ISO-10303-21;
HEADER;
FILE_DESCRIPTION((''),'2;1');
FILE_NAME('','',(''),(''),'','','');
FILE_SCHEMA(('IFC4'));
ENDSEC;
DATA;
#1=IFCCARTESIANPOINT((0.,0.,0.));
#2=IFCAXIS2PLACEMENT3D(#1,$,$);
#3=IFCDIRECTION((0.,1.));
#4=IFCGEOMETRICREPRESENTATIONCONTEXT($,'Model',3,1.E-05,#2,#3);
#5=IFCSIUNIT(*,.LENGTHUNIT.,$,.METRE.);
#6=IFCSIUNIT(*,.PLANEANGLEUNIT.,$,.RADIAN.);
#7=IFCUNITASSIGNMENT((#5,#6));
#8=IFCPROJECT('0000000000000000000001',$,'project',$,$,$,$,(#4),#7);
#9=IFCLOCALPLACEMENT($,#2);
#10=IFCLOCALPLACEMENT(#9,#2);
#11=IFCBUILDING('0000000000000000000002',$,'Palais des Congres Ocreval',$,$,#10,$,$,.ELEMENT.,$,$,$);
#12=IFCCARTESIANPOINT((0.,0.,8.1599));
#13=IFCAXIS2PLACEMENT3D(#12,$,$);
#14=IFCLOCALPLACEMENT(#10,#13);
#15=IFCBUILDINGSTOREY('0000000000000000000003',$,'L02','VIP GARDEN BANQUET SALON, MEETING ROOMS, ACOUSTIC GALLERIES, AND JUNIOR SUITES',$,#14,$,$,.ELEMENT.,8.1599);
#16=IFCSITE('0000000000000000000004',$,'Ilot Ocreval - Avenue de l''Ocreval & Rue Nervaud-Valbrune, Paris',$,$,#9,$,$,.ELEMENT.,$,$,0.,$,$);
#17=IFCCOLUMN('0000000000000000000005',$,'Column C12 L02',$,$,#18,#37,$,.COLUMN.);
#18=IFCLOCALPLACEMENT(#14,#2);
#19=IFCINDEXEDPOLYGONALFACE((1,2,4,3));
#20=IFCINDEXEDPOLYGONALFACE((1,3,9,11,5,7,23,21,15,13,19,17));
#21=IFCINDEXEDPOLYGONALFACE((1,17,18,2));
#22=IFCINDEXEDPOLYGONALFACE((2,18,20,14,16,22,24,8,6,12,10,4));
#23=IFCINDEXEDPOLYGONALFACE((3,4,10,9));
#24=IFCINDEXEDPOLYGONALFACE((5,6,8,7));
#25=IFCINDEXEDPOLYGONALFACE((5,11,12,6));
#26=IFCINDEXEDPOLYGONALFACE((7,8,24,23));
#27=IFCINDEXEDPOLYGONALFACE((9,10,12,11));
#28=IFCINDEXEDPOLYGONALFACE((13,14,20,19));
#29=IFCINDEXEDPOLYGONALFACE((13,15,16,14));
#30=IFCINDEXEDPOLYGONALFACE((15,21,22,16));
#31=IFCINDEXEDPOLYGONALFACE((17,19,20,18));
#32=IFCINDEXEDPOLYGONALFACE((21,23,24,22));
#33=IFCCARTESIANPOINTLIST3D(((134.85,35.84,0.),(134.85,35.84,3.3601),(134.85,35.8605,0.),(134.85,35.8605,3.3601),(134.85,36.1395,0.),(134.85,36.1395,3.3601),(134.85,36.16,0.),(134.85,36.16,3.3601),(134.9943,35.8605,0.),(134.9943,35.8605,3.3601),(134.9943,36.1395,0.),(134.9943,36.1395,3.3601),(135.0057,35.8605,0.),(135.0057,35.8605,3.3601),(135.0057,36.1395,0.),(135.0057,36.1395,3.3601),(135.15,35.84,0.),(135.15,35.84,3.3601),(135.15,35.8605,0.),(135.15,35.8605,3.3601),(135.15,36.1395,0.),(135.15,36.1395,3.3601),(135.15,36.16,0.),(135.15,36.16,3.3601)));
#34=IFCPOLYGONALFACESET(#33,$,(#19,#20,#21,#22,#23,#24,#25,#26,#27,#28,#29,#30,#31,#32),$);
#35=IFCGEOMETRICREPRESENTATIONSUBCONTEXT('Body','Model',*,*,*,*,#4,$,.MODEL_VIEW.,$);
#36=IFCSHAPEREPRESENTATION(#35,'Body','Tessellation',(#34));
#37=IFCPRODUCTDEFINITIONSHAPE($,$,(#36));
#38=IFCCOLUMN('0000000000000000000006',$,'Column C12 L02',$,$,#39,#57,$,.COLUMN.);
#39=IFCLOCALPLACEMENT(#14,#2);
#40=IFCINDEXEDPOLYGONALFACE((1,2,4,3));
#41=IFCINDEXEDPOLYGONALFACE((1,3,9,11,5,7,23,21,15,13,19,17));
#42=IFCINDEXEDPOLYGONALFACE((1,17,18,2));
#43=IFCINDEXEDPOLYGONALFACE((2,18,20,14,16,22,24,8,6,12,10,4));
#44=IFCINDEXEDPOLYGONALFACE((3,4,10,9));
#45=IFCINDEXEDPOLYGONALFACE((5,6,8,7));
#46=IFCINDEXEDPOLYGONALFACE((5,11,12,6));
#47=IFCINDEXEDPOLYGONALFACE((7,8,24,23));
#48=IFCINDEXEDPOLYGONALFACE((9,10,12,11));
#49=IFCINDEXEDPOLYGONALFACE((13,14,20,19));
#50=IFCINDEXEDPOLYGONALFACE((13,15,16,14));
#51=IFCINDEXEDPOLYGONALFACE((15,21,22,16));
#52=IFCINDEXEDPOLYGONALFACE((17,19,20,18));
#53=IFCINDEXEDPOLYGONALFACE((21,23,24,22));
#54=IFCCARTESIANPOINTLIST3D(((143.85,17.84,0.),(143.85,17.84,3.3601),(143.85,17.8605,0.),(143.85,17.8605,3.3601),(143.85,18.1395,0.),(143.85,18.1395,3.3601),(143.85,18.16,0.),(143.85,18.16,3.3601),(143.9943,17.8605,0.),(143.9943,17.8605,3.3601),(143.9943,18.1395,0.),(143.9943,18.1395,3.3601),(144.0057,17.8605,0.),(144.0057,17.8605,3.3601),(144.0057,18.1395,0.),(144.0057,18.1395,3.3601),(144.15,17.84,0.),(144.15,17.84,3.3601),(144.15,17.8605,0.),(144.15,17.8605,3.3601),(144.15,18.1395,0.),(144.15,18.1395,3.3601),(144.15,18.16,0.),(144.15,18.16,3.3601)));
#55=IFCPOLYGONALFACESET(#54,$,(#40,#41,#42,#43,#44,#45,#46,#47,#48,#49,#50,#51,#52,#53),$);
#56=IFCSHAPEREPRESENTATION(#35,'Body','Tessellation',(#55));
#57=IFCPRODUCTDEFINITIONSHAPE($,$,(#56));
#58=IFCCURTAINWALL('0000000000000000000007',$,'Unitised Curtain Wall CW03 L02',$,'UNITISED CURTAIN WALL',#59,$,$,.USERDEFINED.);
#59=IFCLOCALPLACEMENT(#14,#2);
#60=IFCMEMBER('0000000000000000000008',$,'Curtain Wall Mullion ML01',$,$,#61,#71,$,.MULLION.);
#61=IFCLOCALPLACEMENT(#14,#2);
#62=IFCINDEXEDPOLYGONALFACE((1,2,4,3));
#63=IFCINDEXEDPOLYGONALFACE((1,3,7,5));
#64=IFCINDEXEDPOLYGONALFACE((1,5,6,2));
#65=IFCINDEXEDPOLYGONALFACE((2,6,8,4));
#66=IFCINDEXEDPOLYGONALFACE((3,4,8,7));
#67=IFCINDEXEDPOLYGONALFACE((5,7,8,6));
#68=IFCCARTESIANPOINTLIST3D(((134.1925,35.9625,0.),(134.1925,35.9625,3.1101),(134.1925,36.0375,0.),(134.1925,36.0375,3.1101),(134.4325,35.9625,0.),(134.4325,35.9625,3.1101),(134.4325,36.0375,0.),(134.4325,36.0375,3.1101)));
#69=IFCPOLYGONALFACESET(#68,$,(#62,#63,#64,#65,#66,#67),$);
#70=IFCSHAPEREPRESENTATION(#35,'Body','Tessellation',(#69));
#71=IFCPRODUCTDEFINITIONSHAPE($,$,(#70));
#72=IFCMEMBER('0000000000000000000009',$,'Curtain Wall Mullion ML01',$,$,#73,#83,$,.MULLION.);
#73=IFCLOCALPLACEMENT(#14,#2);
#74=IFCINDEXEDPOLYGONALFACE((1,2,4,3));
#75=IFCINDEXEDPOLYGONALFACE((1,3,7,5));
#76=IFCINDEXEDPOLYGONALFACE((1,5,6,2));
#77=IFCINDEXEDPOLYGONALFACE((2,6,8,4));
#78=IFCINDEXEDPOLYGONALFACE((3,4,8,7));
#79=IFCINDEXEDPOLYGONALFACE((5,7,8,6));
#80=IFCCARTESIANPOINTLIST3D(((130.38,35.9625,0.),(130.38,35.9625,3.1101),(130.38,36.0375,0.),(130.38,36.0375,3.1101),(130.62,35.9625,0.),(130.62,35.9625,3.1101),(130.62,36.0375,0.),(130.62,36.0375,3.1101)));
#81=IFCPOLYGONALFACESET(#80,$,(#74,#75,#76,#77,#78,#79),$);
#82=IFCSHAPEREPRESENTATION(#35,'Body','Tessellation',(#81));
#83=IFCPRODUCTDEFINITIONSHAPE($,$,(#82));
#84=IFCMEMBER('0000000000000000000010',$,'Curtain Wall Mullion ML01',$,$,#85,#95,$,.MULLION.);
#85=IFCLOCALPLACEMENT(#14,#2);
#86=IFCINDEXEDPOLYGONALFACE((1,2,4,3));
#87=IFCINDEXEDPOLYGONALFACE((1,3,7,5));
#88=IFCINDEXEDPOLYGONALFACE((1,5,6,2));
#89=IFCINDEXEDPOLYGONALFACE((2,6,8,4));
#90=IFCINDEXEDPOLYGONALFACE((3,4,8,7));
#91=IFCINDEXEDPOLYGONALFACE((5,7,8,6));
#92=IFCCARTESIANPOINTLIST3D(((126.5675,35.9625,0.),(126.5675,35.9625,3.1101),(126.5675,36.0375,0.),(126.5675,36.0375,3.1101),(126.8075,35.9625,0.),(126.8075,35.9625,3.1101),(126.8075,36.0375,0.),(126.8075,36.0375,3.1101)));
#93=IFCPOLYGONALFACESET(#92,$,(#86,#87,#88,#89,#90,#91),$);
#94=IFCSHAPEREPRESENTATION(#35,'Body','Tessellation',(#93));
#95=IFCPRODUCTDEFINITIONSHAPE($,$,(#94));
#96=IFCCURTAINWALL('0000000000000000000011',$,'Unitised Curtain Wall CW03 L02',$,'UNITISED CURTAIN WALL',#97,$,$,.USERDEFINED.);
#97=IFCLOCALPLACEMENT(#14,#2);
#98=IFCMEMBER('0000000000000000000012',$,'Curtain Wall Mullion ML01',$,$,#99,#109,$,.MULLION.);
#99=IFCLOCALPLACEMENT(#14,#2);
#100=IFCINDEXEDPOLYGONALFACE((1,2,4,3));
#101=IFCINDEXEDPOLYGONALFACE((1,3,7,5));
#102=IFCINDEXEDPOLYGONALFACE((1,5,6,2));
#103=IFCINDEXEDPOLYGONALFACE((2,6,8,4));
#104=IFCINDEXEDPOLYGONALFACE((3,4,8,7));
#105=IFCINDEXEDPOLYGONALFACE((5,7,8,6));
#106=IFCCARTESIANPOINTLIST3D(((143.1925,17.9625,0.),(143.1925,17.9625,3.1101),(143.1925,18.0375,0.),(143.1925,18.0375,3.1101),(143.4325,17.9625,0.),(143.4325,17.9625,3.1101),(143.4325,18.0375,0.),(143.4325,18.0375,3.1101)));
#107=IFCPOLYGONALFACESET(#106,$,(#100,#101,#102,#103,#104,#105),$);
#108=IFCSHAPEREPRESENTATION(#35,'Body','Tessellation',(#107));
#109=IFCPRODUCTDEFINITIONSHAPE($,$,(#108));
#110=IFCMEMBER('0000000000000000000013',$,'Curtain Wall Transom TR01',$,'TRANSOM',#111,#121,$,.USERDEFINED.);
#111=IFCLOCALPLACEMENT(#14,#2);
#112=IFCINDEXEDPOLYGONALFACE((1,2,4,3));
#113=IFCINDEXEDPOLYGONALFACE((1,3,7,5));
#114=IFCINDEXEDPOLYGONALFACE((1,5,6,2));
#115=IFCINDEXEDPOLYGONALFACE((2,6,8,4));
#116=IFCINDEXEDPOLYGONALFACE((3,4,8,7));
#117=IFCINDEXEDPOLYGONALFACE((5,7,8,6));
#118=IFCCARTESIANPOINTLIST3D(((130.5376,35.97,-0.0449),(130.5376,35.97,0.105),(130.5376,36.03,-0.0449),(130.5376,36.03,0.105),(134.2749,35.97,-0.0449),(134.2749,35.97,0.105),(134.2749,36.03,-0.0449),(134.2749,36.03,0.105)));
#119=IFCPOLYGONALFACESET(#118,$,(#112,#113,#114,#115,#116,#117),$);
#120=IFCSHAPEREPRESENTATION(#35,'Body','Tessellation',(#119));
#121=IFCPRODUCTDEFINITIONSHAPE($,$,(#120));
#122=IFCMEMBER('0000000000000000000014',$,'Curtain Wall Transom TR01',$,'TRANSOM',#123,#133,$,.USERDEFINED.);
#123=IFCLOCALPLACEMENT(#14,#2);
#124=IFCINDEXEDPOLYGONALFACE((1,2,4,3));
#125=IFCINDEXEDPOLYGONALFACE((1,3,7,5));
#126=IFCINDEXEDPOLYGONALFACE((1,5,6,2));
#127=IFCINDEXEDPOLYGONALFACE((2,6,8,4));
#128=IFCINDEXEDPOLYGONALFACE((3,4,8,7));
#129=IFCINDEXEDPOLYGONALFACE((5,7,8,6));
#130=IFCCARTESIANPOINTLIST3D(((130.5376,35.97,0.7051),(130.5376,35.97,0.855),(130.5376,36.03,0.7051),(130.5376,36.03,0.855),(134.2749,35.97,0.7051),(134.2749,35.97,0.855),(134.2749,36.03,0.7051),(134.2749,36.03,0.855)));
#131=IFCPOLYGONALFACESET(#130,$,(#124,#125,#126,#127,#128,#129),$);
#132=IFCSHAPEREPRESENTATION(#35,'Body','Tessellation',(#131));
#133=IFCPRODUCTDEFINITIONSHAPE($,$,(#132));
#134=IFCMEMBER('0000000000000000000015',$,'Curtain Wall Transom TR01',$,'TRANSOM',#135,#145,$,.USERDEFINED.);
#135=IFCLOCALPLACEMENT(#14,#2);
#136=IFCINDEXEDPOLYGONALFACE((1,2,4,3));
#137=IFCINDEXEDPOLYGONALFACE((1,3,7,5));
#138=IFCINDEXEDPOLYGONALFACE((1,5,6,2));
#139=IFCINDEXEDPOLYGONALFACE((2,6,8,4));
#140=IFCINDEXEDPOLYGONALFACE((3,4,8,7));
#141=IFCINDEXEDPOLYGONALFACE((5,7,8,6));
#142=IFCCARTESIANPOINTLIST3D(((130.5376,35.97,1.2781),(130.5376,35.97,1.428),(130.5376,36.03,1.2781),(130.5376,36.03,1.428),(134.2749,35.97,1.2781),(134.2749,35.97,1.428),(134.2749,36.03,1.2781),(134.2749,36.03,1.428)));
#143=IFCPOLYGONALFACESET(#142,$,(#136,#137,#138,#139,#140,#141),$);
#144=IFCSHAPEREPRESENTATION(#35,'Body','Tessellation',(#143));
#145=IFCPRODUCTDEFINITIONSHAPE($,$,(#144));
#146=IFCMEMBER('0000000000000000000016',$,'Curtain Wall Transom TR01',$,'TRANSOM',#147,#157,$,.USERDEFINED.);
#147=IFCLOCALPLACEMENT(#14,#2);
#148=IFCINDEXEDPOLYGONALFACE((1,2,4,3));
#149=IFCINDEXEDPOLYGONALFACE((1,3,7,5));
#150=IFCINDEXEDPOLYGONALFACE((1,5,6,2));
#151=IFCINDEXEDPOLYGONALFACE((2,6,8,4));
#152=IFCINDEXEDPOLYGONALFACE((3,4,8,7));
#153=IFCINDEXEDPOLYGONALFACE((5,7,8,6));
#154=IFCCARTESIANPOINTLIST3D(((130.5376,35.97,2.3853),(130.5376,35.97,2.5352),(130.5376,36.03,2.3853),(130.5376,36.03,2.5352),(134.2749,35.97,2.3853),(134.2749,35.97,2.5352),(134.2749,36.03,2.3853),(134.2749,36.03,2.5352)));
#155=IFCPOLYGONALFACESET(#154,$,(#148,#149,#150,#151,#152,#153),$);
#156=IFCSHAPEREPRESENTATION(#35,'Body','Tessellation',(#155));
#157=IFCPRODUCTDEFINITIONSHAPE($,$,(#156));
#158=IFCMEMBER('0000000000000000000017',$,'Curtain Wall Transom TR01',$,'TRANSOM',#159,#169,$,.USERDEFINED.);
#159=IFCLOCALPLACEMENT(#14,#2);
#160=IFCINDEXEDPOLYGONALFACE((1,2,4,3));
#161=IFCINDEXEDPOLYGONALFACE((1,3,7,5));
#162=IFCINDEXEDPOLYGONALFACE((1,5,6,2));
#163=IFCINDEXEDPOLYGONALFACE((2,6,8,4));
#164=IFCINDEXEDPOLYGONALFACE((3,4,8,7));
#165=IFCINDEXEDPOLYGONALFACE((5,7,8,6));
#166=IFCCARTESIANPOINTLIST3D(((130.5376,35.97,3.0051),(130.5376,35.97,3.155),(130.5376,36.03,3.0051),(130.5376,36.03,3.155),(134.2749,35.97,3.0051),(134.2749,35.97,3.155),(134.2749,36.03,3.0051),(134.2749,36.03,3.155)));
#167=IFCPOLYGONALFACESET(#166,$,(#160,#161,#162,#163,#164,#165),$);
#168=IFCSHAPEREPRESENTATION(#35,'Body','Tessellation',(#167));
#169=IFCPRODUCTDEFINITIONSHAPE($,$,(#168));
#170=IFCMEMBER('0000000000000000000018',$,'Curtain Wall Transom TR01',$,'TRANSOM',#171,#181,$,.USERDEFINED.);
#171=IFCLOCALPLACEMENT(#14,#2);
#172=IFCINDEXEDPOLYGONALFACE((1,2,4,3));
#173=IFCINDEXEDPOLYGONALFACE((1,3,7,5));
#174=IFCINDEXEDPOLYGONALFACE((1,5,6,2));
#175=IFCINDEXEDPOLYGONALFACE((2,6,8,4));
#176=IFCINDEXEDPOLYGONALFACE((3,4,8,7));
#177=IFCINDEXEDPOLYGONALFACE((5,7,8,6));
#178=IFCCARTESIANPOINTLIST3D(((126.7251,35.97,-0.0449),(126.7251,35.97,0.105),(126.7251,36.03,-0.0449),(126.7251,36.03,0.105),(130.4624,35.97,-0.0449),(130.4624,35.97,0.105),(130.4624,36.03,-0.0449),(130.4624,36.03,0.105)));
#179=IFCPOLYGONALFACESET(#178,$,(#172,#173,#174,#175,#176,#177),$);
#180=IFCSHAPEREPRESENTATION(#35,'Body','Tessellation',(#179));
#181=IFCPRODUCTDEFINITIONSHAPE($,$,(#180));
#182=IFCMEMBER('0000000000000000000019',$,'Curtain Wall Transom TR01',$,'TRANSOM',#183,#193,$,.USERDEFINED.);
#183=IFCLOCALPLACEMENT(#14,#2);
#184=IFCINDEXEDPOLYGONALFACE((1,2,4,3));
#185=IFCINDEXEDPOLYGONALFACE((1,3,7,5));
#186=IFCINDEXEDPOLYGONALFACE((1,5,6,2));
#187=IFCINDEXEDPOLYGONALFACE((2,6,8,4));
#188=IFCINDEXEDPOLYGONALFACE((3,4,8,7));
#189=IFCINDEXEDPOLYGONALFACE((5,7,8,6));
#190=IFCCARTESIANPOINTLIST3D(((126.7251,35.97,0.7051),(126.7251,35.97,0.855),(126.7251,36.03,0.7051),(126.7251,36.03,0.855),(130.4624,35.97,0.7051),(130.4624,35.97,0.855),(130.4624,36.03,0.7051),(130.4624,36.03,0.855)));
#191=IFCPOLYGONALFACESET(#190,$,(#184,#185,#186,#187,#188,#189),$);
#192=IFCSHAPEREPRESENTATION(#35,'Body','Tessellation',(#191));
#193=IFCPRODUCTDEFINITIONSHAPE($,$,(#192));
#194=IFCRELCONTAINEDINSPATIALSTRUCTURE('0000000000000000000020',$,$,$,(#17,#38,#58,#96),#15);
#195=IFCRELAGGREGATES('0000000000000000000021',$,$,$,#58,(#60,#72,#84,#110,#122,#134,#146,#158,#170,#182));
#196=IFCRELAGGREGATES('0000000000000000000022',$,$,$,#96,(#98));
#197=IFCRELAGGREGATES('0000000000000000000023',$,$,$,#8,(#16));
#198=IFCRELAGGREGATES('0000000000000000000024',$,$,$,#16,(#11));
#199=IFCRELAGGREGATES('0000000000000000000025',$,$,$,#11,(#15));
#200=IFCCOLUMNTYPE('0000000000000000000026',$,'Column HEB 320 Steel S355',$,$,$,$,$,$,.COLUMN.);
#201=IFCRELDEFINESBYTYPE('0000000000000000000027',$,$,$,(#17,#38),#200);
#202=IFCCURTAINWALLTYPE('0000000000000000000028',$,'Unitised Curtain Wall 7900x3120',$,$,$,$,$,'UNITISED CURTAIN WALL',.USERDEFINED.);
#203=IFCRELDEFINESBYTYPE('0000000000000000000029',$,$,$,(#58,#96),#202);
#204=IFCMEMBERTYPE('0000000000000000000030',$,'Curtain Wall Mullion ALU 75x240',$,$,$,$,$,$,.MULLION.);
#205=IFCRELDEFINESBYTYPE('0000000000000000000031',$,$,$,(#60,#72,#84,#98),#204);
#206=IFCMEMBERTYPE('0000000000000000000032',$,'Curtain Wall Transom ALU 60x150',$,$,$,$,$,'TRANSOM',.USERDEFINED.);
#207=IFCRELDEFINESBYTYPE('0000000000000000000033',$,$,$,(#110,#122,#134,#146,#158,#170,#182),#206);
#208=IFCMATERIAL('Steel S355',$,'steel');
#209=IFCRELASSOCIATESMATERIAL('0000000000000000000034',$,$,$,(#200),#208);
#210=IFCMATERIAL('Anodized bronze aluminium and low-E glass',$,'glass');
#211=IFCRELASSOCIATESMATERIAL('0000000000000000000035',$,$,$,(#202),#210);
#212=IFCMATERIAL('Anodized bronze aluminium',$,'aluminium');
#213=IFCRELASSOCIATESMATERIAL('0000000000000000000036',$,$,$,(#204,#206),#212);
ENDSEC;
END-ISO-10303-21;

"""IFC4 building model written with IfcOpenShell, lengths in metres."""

from ifc_helpers import new_model, si_unit, direction, frame, origin, origin_2d, place, context, subcontext, project, spatial, rectangle, i_section, extrude, material, material_profile, profile_set, type_object, element, aggregate, save


model = new_model("IFC4")

# Units and contexts
model_context = context("Model", 3, precision=1e-05, world=origin(), true_north=direction((0.0, 1.0)))
body_context = subcontext(model_context, "Body", "Model", "MODEL_VIEW")
ifc_project = project(units=[si_unit("LENGTHUNIT", "METRE"), si_unit("PLANEANGLEUNIT", "RADIAN")], contexts=[model_context])

# Site, building, storey
site_placement = place(None, origin())
site = spatial("IfcSite", under=ifc_project, at=site_placement, Name="Ilot Ocreval - Avenue de l'Ocreval & Rue Nervaud-Valbrune, Paris", CompositionType="ELEMENT", RefElevation=0.0)
building_placement = place(site_placement, origin())
building = spatial("IfcBuilding", under=site, at=building_placement, Name="Palais des Congres Ocreval", CompositionType="ELEMENT")
storey_placement = place(building_placement, frame((0.0, 0.0, 8.1599)))
storey = spatial("IfcBuildingStorey", under=building, at=storey_placement, Name="L02", Description="VIP GARDEN BANQUET SALON, MEETING ROOMS, ACOUSTIC GALLERIES, AND JUNIOR SUITES", CompositionType="ELEMENT", Elevation=8.1599)

# Columns
ifc_material_1 = material(Name="Steel S355", Category="steel")
ifc_material_profile_1 = material_profile(ifc_material_1, i_section(OverallWidth=0.3, OverallDepth=0.3201, WebThickness=0.0115, FlangeThickness=0.0205, at=origin_2d()), Name="HEB 320")
ifc_profile_set_1 = profile_set([ifc_material_profile_1], Name="Steel S355")
column_type = type_object("IfcColumnType", Name="Column HEB 320 Steel S355", PredefinedType="COLUMN", material=ifc_profile_set_1)
for number, where, z_axis, x_axis, name in (
    (1, (135.0, 36.0, 0.0), (0.0, 0.0, 1.0), (1.0, 0.0, 0.0), "Column C12 L02"),
    (2, (144.0, 18.0, 0.0), (0.0, 0.0, 1.0), (1.0, 0.0, 0.0), "Column C12 L02"),
):
    element("IfcColumn", number, at=place(storey_placement, frame(where, z_axis=z_axis, x_axis=x_axis)), inside=storey, type_object=column_type, Name=name, PredefinedType="COLUMN", context=body_context, shape_type="SweptSolid", body=[
        extrude(i_section(OverallWidth=0.3, OverallDepth=0.3201, WebThickness=0.0115, FlangeThickness=0.0205, at=origin_2d()), origin(), (0.0, 0.0, 1.0), 3.3601),
    ])

# Curtain wall, members
ifc_material_2 = material(Name="Anodized bronze aluminium and low-E glass", Category="glass")
curtain_wall_type = type_object("IfcCurtainWallType", Name="Unitised Curtain Wall 7900x3120", ElementType="UNITISED CURTAIN WALL", PredefinedType="USERDEFINED", material=ifc_material_2)
curtain_wall_1_placement = place(storey_placement, origin())
curtain_wall_1 = element("IfcCurtainWall", 3, at=curtain_wall_1_placement, inside=storey, type_object=curtain_wall_type, Name="Unitised Curtain Wall CW03 L02", ObjectType="UNITISED CURTAIN WALL", PredefinedType="USERDEFINED")
ifc_material_3 = material(Name="Anodized bronze aluminium", Category="aluminium")
ifc_material_profile_2 = material_profile(ifc_material_3, rectangle(XDim=0.075, YDim=0.24, at=origin_2d()), Name="ALU 75x240")
ifc_profile_set_2 = profile_set([ifc_material_profile_2], Name="Anodized bronze aluminium")
member_type_1 = type_object("IfcMemberType", Name="Curtain Wall Mullion ALU 75x240", PredefinedType="MULLION", material=ifc_profile_set_2)
member_1_placement = place(storey_placement, frame((134.3125, 36.0, 0.0), z_axis=(0.0, 0.0, 1.0), x_axis=(0.0, -1.0, 0.0)))
member_1 = element("IfcMember", 4, at=member_1_placement, type_object=member_type_1, Name="Curtain Wall Mullion ML01", PredefinedType="MULLION", context=body_context, shape_type="SweptSolid", body=[
    extrude(rectangle(XDim=0.075, YDim=0.24, at=origin_2d()), origin(), (0.0, 0.0, 1.0), 3.1101),
])
member_2_placement = place(storey_placement, frame((130.5, 36.0, 0.0), z_axis=(0.0, 0.0, 1.0), x_axis=(0.0, -1.0, 0.0)))
member_2 = element("IfcMember", 5, at=member_2_placement, type_object=member_type_1, Name="Curtain Wall Mullion ML01", PredefinedType="MULLION", context=body_context, shape_type="SweptSolid", body=[
    extrude(rectangle(XDim=0.075, YDim=0.24, at=origin_2d()), origin(), (0.0, 0.0, 1.0), 3.1101),
])
member_3_placement = place(storey_placement, frame((126.6875, 36.0, 0.0), z_axis=(0.0, 0.0, 1.0), x_axis=(0.0, -1.0, 0.0)))
member_3 = element("IfcMember", 6, at=member_3_placement, type_object=member_type_1, Name="Curtain Wall Mullion ML01", PredefinedType="MULLION", context=body_context, shape_type="SweptSolid", body=[
    extrude(rectangle(XDim=0.075, YDim=0.24, at=origin_2d()), origin(), (0.0, 0.0, 1.0), 3.1101),
])

# Curtain wall, member
curtain_wall_2_placement = place(storey_placement, origin())
curtain_wall_2 = element("IfcCurtainWall", 7, at=curtain_wall_2_placement, inside=storey, type_object=curtain_wall_type, Name="Unitised Curtain Wall CW03 L02", ObjectType="UNITISED CURTAIN WALL", PredefinedType="USERDEFINED")
member_4_placement = place(storey_placement, frame((143.3125, 18.0, 0.0), z_axis=(0.0, 0.0, 1.0), x_axis=(0.0, 1.0, 0.0)))
member_4 = element("IfcMember", 8, at=member_4_placement, type_object=member_type_1, Name="Curtain Wall Mullion ML01", PredefinedType="MULLION", context=body_context, shape_type="SweptSolid", body=[
    extrude(rectangle(XDim=0.075, YDim=0.24, at=origin_2d()), origin(), (0.0, 0.0, 1.0), 3.1101),
])

# Members
ifc_material_profile_3 = material_profile(ifc_material_3, rectangle(XDim=0.0601, YDim=0.1499, at=origin_2d()), Name="ALU 60x150")
ifc_profile_set_3 = profile_set([ifc_material_profile_3], Name="Anodized bronze aluminium")
member_type_2 = type_object("IfcMemberType", Name="Curtain Wall Transom ALU 60x150", ElementType="TRANSOM", PredefinedType="USERDEFINED", material=ifc_profile_set_3)
member_5_placement = place(storey_placement, frame((134.2749, 36.0, 0.03), z_axis=(-1.0, 0.0, 0.0), x_axis=(0.0, -1.0, 0.0)))
member_5 = element("IfcMember", 9, at=member_5_placement, type_object=member_type_2, Name="Curtain Wall Transom TR01", ObjectType="TRANSOM", PredefinedType="USERDEFINED", context=body_context, shape_type="SweptSolid", body=[
    extrude(rectangle(XDim=0.0601, YDim=0.1499, at=origin_2d()), origin(), (0.0, 0.0, 1.0), 3.7373),
])
member_6_placement = place(storey_placement, frame((134.2749, 36.0, 0.78), z_axis=(-1.0, 0.0, 0.0), x_axis=(0.0, -1.0, 0.0)))
member_6 = element("IfcMember", 10, at=member_6_placement, type_object=member_type_2, Name="Curtain Wall Transom TR01", ObjectType="TRANSOM", PredefinedType="USERDEFINED", context=body_context, shape_type="SweptSolid", body=[
    extrude(rectangle(XDim=0.0601, YDim=0.1499, at=origin_2d()), origin(), (0.0, 0.0, 1.0), 3.7373),
])
member_7_placement = place(storey_placement, frame((134.2749, 36.0, 1.353), z_axis=(-1.0, 0.0, 0.0), x_axis=(0.0, -1.0, 0.0)))
member_7 = element("IfcMember", 11, at=member_7_placement, type_object=member_type_2, Name="Curtain Wall Transom TR01", ObjectType="TRANSOM", PredefinedType="USERDEFINED", context=body_context, shape_type="SweptSolid", body=[
    extrude(rectangle(XDim=0.0601, YDim=0.1499, at=origin_2d()), origin(), (0.0, 0.0, 1.0), 3.7373),
])
member_8_placement = place(storey_placement, frame((134.2749, 36.0, 2.4602), z_axis=(-1.0, 0.0, 0.0), x_axis=(0.0, -1.0, 0.0)))
member_8 = element("IfcMember", 12, at=member_8_placement, type_object=member_type_2, Name="Curtain Wall Transom TR01", ObjectType="TRANSOM", PredefinedType="USERDEFINED", context=body_context, shape_type="SweptSolid", body=[
    extrude(rectangle(XDim=0.0601, YDim=0.1499, at=origin_2d()), origin(), (0.0, 0.0, 1.0), 3.7373),
])
member_9_placement = place(storey_placement, frame((134.2749, 36.0, 3.0801), z_axis=(-1.0, 0.0, 0.0), x_axis=(0.0, -1.0, 0.0)))
member_9 = element("IfcMember", 13, at=member_9_placement, type_object=member_type_2, Name="Curtain Wall Transom TR01", ObjectType="TRANSOM", PredefinedType="USERDEFINED", context=body_context, shape_type="SweptSolid", body=[
    extrude(rectangle(XDim=0.0601, YDim=0.1499, at=origin_2d()), origin(), (0.0, 0.0, 1.0), 3.7373),
])
member_10_placement = place(storey_placement, frame((130.4624, 36.0, 0.03), z_axis=(-1.0, 0.0, 0.0), x_axis=(0.0, -1.0, 0.0)))
member_10 = element("IfcMember", 14, at=member_10_placement, type_object=member_type_2, Name="Curtain Wall Transom TR01", ObjectType="TRANSOM", PredefinedType="USERDEFINED", context=body_context, shape_type="SweptSolid", body=[
    extrude(rectangle(XDim=0.0601, YDim=0.1499, at=origin_2d()), origin(), (0.0, 0.0, 1.0), 3.7373),
])
member_11_placement = place(storey_placement, frame((130.4624, 36.0, 0.78), z_axis=(-1.0, 0.0, 0.0), x_axis=(0.0, -1.0, 0.0)))
member_11 = element("IfcMember", 15, at=member_11_placement, type_object=member_type_2, Name="Curtain Wall Transom TR01", ObjectType="TRANSOM", PredefinedType="USERDEFINED", context=body_context, shape_type="SweptSolid", body=[
    extrude(rectangle(XDim=0.0601, YDim=0.1499, at=origin_2d()), origin(), (0.0, 0.0, 1.0), 3.7373),
])

aggregate(curtain_wall_1, [member_1, member_2, member_3, member_5, member_6, member_7, member_8, member_9, member_10, member_11])
aggregate(curtain_wall_2, [member_4])

save(model, "model.ifc")
